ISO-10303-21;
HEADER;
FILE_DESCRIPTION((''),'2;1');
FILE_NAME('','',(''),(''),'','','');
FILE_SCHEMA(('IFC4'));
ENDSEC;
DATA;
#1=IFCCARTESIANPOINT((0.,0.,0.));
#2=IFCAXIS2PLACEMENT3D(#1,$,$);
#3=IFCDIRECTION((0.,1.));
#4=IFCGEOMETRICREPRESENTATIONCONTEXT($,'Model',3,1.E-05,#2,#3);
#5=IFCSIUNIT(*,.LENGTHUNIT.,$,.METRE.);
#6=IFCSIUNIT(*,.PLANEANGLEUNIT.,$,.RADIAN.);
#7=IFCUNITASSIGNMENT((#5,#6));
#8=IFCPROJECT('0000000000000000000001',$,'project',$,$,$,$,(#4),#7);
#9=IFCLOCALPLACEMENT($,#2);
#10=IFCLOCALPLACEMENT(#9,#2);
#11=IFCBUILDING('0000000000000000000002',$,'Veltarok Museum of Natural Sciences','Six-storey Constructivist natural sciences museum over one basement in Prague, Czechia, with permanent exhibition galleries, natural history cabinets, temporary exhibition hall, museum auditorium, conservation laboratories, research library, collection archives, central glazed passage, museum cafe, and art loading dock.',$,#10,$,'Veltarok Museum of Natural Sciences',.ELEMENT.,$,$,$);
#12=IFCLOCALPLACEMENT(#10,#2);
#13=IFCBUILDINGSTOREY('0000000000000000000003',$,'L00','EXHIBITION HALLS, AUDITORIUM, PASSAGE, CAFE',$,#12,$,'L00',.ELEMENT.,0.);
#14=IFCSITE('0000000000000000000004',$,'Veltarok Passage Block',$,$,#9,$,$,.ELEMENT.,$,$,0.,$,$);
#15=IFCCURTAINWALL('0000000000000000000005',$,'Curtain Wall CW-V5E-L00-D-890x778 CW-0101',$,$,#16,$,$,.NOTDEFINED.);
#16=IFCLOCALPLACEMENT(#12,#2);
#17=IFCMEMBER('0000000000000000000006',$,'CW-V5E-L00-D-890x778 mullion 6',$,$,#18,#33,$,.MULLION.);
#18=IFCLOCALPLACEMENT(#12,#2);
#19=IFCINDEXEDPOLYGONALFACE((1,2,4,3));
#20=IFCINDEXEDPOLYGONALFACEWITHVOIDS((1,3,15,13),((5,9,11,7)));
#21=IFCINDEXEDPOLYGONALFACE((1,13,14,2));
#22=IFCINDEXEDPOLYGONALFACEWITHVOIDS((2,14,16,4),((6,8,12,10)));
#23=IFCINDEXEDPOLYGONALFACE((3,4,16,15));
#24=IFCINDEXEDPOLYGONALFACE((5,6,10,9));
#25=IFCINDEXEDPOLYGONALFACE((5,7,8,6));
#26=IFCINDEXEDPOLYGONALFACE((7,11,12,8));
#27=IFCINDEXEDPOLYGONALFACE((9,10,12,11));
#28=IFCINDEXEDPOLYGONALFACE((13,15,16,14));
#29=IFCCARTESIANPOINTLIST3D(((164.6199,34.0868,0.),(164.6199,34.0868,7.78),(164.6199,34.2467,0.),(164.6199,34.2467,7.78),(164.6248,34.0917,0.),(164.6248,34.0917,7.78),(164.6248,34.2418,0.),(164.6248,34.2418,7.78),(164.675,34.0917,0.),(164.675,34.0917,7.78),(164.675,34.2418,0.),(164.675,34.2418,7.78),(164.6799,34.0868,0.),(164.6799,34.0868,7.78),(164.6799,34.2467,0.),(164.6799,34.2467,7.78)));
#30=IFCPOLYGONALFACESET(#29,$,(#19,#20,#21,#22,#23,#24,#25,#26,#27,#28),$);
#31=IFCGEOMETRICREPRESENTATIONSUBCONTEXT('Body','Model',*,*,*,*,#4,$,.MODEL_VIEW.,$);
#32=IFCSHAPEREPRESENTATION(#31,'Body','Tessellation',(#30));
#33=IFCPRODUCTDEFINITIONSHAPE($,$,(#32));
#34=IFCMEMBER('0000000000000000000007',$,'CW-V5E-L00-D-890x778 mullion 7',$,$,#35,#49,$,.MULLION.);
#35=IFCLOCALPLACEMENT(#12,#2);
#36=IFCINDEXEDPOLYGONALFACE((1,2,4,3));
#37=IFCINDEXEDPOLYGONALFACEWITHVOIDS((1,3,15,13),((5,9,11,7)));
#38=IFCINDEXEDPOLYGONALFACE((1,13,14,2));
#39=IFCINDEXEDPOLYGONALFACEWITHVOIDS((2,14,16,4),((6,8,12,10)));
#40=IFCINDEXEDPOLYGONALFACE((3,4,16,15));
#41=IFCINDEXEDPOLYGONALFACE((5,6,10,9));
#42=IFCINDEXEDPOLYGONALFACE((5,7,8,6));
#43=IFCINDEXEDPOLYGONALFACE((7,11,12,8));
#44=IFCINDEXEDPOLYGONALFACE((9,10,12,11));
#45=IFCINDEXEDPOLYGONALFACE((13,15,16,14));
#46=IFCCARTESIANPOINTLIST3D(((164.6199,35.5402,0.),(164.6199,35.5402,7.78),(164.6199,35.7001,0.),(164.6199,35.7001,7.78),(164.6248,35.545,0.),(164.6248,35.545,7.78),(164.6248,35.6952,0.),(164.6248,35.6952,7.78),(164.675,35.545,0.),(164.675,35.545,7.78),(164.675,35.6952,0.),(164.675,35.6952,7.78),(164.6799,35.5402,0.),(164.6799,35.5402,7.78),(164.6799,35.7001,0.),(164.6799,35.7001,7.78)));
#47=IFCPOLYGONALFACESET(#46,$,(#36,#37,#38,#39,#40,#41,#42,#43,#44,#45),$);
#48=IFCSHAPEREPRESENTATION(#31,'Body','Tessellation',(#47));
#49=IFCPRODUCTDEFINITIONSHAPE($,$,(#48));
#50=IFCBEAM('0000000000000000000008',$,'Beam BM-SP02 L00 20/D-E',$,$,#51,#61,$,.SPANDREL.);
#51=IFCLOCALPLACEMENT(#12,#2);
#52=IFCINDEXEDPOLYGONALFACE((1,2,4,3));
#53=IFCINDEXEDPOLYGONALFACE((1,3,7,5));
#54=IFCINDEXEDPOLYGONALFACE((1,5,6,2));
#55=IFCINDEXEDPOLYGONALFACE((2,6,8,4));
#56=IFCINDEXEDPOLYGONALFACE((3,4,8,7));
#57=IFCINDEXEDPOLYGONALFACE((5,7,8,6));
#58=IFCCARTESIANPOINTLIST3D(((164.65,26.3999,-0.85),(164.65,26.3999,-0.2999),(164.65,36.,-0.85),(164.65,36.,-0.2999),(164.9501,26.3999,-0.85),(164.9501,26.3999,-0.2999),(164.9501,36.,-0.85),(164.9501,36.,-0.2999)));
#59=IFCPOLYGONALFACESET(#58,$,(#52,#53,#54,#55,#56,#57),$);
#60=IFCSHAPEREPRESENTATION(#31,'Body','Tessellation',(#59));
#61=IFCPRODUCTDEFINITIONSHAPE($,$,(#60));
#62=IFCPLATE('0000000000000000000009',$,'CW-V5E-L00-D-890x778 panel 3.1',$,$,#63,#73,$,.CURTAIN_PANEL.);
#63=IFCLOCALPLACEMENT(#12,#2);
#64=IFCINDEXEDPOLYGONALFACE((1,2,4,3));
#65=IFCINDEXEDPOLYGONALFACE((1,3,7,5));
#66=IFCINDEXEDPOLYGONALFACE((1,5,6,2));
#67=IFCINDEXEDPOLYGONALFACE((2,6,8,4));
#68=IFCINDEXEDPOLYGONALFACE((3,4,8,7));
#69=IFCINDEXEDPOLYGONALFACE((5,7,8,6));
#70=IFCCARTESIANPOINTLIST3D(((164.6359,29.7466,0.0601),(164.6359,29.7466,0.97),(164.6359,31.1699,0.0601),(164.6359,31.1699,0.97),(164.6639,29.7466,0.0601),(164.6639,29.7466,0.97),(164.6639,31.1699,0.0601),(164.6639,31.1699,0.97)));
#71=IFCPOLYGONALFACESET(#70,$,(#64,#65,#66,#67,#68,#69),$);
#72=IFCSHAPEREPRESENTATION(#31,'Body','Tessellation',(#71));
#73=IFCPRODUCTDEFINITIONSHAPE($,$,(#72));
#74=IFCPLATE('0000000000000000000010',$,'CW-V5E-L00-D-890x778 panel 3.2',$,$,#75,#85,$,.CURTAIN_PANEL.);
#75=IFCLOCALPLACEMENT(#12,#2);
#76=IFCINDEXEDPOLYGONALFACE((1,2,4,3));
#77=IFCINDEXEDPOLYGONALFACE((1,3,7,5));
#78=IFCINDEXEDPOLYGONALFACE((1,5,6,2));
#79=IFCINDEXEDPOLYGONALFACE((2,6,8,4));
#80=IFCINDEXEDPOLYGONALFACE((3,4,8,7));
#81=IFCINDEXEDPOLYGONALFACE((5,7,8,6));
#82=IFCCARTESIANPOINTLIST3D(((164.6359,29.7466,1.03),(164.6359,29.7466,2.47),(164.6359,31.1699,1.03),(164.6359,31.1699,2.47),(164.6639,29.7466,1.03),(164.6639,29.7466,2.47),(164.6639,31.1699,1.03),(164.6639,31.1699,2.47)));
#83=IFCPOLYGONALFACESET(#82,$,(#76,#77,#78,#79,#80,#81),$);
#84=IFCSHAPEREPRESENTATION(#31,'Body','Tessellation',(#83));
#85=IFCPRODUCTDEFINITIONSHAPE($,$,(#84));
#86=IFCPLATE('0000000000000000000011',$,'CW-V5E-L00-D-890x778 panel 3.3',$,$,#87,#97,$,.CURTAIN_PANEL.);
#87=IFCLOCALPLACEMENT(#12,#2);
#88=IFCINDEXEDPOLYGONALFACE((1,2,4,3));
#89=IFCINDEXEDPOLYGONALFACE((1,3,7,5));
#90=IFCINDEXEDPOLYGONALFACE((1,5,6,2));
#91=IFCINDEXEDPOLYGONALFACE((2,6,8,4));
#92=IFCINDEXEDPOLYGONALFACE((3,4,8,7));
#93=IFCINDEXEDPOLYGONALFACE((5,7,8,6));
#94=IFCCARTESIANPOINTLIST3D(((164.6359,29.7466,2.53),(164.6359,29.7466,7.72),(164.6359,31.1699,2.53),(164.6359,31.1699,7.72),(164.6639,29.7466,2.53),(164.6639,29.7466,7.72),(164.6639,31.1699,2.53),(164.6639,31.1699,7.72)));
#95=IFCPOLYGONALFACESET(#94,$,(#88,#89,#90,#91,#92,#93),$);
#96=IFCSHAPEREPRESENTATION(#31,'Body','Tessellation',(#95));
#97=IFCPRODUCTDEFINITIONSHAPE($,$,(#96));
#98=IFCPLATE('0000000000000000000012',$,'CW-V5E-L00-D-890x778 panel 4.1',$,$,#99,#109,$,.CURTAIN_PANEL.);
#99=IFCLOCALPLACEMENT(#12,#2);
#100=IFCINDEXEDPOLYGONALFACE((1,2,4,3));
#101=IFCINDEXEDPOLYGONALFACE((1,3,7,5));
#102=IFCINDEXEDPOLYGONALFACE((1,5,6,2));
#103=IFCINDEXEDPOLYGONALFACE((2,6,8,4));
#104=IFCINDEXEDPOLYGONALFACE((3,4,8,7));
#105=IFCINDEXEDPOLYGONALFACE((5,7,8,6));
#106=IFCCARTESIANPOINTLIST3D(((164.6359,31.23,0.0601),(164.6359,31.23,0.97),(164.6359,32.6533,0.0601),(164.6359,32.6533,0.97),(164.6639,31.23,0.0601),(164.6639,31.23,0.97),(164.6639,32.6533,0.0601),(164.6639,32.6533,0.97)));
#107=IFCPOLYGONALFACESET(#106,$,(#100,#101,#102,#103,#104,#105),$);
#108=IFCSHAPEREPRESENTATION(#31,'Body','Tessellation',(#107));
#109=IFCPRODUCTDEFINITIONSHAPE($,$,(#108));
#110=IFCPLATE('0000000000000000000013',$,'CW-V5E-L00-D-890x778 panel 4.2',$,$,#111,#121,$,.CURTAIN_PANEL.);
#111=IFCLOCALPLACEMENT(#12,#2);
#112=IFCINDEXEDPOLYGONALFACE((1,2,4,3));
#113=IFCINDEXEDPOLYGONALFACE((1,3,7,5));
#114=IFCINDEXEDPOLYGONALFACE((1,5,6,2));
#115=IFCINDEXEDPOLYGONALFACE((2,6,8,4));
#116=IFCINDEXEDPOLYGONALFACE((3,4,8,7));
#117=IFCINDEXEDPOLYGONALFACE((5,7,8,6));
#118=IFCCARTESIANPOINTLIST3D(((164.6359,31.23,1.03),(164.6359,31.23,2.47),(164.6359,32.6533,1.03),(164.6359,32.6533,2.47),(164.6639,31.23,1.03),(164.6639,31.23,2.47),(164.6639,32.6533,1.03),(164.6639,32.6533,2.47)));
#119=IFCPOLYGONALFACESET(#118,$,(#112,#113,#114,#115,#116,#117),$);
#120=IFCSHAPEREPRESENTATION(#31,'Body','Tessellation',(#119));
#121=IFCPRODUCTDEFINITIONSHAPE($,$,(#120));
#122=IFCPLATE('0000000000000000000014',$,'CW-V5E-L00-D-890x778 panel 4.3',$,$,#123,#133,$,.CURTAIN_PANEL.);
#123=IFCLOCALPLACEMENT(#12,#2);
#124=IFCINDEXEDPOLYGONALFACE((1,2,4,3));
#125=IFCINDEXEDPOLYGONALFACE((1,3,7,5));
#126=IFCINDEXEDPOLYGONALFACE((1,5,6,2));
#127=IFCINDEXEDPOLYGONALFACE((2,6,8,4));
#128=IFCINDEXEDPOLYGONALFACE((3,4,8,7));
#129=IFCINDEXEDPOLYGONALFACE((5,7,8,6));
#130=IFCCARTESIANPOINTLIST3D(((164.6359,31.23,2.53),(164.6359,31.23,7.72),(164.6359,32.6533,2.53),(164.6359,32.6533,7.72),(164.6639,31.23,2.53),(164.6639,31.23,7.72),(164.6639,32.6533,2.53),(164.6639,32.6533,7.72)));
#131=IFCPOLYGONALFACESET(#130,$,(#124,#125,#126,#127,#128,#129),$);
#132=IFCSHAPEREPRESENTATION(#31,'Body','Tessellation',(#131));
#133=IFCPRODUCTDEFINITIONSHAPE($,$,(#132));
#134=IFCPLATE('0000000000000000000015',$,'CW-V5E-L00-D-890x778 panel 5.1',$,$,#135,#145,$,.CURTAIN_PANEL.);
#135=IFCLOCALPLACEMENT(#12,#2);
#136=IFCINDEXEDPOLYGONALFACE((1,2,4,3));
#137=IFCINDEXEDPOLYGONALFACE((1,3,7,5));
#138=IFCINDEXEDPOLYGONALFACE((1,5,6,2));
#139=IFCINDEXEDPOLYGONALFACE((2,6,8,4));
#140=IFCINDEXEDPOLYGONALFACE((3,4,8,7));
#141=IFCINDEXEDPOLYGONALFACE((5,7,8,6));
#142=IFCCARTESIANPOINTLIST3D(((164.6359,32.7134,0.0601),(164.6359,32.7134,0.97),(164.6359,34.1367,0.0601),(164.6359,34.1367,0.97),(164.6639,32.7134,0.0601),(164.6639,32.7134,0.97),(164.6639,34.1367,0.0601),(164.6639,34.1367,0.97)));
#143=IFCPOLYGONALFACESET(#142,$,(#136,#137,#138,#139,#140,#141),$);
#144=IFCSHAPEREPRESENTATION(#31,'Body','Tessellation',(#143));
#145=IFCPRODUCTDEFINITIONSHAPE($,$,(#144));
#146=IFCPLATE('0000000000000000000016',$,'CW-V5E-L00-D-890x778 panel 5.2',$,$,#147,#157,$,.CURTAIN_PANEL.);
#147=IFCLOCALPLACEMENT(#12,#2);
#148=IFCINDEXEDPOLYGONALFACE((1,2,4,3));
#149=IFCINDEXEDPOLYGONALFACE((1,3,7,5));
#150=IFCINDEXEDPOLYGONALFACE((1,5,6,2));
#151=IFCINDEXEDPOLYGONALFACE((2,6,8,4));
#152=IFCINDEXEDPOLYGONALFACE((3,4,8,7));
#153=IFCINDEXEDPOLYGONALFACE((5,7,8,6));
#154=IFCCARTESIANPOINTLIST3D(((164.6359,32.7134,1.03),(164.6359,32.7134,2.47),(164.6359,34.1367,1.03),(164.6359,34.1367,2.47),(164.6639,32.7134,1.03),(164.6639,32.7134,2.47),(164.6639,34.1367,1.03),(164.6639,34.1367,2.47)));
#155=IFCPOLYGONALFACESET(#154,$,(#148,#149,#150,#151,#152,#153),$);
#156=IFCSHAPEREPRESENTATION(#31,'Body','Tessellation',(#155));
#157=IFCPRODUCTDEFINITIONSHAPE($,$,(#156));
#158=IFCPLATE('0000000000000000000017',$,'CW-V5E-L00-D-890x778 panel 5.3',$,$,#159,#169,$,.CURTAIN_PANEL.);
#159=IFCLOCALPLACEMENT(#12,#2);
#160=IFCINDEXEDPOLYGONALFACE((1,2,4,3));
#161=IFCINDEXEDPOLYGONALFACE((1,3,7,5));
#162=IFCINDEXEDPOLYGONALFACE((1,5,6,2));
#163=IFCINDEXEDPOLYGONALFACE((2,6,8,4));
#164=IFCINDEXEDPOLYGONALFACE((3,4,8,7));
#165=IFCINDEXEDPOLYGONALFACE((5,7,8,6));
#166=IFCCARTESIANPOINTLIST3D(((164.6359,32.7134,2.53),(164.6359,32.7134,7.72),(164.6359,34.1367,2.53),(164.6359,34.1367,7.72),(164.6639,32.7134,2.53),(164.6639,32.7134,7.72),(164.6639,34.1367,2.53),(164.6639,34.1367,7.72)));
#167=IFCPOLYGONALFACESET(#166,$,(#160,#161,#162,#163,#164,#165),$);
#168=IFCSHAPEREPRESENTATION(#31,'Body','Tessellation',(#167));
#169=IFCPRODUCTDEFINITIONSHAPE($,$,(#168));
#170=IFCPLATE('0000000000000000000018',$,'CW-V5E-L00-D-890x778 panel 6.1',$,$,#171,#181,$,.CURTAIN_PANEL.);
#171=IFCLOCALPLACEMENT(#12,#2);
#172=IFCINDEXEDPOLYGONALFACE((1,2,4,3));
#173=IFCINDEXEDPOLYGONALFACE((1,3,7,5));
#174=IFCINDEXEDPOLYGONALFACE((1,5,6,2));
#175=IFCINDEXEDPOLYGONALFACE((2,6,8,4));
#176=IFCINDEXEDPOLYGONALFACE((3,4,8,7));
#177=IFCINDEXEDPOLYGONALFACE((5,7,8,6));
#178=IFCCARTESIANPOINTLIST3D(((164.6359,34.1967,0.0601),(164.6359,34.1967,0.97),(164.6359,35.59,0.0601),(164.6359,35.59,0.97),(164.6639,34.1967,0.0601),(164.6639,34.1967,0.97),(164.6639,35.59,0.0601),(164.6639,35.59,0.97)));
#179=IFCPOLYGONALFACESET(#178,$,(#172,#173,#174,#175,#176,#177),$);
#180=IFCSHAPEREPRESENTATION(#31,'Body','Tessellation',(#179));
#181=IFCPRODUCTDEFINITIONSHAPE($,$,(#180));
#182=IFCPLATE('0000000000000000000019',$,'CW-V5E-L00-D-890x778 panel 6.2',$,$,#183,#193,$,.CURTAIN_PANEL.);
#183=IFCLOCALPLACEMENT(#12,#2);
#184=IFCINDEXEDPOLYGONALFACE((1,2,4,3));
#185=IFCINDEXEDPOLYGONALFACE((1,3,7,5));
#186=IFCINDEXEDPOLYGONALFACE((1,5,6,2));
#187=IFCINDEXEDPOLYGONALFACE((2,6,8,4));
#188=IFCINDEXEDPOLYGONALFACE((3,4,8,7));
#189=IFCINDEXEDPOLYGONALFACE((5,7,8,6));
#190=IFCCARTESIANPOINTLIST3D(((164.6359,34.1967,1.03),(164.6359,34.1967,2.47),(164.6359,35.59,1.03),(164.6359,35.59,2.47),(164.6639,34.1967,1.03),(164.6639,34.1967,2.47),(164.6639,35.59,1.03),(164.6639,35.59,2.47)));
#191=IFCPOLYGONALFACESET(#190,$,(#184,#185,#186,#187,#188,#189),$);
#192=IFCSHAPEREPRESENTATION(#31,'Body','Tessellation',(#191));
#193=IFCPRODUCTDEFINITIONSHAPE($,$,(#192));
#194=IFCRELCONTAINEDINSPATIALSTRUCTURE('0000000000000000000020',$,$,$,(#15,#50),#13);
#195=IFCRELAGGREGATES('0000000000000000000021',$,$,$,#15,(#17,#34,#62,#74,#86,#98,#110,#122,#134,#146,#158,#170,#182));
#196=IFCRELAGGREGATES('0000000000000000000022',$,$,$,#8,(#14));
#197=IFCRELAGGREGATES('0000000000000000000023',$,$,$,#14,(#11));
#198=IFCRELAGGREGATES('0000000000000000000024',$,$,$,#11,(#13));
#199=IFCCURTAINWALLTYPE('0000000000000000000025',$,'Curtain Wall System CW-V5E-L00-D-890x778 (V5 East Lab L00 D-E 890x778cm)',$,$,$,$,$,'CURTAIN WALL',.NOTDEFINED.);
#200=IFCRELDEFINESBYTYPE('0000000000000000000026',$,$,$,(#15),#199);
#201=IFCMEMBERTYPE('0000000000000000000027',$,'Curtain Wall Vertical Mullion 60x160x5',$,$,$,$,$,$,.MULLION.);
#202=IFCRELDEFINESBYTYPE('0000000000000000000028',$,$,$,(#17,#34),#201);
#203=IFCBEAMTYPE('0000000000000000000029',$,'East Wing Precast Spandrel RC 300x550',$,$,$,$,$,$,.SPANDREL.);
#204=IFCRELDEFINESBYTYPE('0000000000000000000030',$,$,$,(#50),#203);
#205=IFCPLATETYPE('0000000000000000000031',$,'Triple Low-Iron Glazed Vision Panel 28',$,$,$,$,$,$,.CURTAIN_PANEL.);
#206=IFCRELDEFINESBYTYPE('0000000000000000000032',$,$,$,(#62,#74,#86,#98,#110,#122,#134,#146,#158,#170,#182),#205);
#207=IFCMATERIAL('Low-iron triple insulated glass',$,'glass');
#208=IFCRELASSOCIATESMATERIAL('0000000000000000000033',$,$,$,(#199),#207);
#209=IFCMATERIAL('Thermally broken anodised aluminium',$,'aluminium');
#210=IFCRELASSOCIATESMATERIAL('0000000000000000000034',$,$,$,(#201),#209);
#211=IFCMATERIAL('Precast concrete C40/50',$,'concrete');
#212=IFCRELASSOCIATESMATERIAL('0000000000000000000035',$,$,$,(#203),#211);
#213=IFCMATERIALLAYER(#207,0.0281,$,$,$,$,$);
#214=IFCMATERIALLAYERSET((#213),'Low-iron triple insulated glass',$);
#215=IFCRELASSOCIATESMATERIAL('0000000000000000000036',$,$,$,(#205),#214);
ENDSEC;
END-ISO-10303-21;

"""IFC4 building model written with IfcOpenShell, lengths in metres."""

from ifc_helpers import new_model, si_unit, direction, frame, origin, origin_2d, place, context, subcontext, project, spatial, rectangle, hollow_rectangle, extrude, material, layer, layer_set, material_profile, profile_set, type_object, element, aggregate, save


model = new_model("IFC4")

# Units and contexts
model_context = context("Model", 3, precision=1e-05, world=origin(), true_north=direction((0.0, 1.0)))
body_context = subcontext(model_context, "Body", "Model", "MODEL_VIEW")
ifc_project = project(units=[si_unit("LENGTHUNIT", "METRE"), si_unit("PLANEANGLEUNIT", "RADIAN")], contexts=[model_context])

# Site, building, storey
site_placement = place(None, origin())
site = spatial("IfcSite", under=ifc_project, at=site_placement, Name="Veltarok Passage Block", CompositionType="ELEMENT", RefElevation=0.0)
building_placement = place(site_placement, origin())
building = spatial("IfcBuilding", under=site, at=building_placement, Name="Veltarok Museum of Natural Sciences", Description="Six-storey Constructivist natural sciences museum over one basement in Prague, Czechia, with permanent exhibition galleries, natural history cabinets, temporary exhibition hall, museum auditorium, conservation laboratories, research library, collection archives, central glazed passage, museum cafe, and art loading dock.", LongName="Veltarok Museum of Natural Sciences", CompositionType="ELEMENT")
storey_placement = place(building_placement, origin())
storey = spatial("IfcBuildingStorey", under=building, at=storey_placement, Name="L00", Description="EXHIBITION HALLS, AUDITORIUM, PASSAGE, CAFE", LongName="L00", CompositionType="ELEMENT", Elevation=0.0)

# Curtain wall, members
ifc_material_1 = material(Name="Low-iron triple insulated glass", Category="glass")
curtain_wall_type = type_object("IfcCurtainWallType", Name="Curtain Wall System CW-V5E-L00-D-890x778 (V5 East Lab L00 D-E 890x778cm)", ElementType="CURTAIN WALL", PredefinedType="NOTDEFINED", material=ifc_material_1)
curtain_wall_placement = place(storey_placement, origin())
curtain_wall = element("IfcCurtainWall", 1, at=curtain_wall_placement, inside=storey, type_object=curtain_wall_type, Name="Curtain Wall CW-V5E-L00-D-890x778 CW-0101", PredefinedType="NOTDEFINED")
ifc_material_2 = material(Name="Thermally broken anodised aluminium", Category="aluminium")
ifc_material_profile_1 = material_profile(ifc_material_2, hollow_rectangle(XDim=0.0601, YDim=0.1599, WallThickness=0.0049, at=origin_2d()), Name="CW MULLION 60x160x5")
ifc_profile_set_1 = profile_set([ifc_material_profile_1], Name="Thermally broken anodised aluminium")
member_type_1 = type_object("IfcMemberType", Name="Curtain Wall Vertical Mullion 60x160x5", PredefinedType="MULLION", material=ifc_profile_set_1)
member_1_placement = place(storey_placement, frame((164.6499, 34.1667, 0.0), z_axis=(0.0, 0.0, 1.0), x_axis=(-1.0, 0.0, 0.0)))
member_1 = element("IfcMember", 2, at=member_1_placement, type_object=member_type_1, Name="CW-V5E-L00-D-890x778 mullion 6", PredefinedType="MULLION", context=body_context, shape_type="SweptSolid", body=[
    extrude(hollow_rectangle(XDim=0.0601, YDim=0.1599, WallThickness=0.0049, at=origin_2d()), origin(), (0.0, 0.0, 1.0), 7.78),
])
member_2_placement = place(storey_placement, frame((164.6499, 35.6201, 0.0), z_axis=(0.0, 0.0, 1.0), x_axis=(-1.0, 0.0, 0.0)))
member_2 = element("IfcMember", 3, at=member_2_placement, type_object=member_type_1, Name="CW-V5E-L00-D-890x778 mullion 7", PredefinedType="MULLION", context=body_context, shape_type="SweptSolid", body=[
    extrude(hollow_rectangle(XDim=0.0601, YDim=0.1599, WallThickness=0.0049, at=origin_2d()), origin(), (0.0, 0.0, 1.0), 7.78),
])

# Beam
ifc_material_3 = material(Name="Precast concrete C40/50", Category="concrete")
ifc_material_profile_2 = material_profile(ifc_material_3, rectangle(XDim=0.3, YDim=0.55, at=origin_2d()), Name="RC 300x550")
ifc_profile_set_2 = profile_set([ifc_material_profile_2], Name="Precast concrete C40/50")
beam_type = type_object("IfcBeamType", Name="East Wing Precast Spandrel RC 300x550", PredefinedType="SPANDREL", material=ifc_profile_set_2)
beam_placement = place(storey_placement, frame((164.8, 26.3999, -0.575), z_axis=(0.0, 1.0, 0.0), x_axis=(-1.0, 0.0, 0.0)))
element("IfcBeam", 4, at=beam_placement, inside=storey, type_object=beam_type, Name="Beam BM-SP02 L00 20/D-E", PredefinedType="SPANDREL", context=body_context, shape_type="SweptSolid", body=[
    extrude(rectangle(XDim=0.3, YDim=0.55, at=origin_2d()), origin(), (0.0, 0.0, 1.0), 9.6001),
])

# Plates
ifc_layer = layer(ifc_material_1, 0.0281)
ifc_layer_set = layer_set([ifc_layer], Name="Low-iron triple insulated glass")
plate_type = type_object("IfcPlateType", Name="Triple Low-Iron Glazed Vision Panel 28", PredefinedType="CURTAIN_PANEL", material=ifc_layer_set)
plate_1_placement = place(storey_placement, frame((164.6499, 30.4583, 0.0601), z_axis=(0.0, 0.0, 1.0), x_axis=(0.0, 1.0, 0.0)))
plate_1 = element("IfcPlate", 5, at=plate_1_placement, type_object=plate_type, Name="CW-V5E-L00-D-890x778 panel 3.1", PredefinedType="CURTAIN_PANEL", context=body_context, shape_type="SweptSolid", body=[
    extrude(rectangle(XDim=1.4233, YDim=0.0281, at=origin_2d()), origin(), (0.0, 0.0, 1.0), 0.9099),
])
plate_2_placement = place(storey_placement, frame((164.6499, 30.4583, 1.03), z_axis=(0.0, 0.0, 1.0), x_axis=(0.0, 1.0, 0.0)))
plate_2 = element("IfcPlate", 6, at=plate_2_placement, type_object=plate_type, Name="CW-V5E-L00-D-890x778 panel 3.2", PredefinedType="CURTAIN_PANEL", context=body_context, shape_type="SweptSolid", body=[
    extrude(rectangle(XDim=1.4233, YDim=0.0281, at=origin_2d()), origin(), (0.0, 0.0, 1.0), 1.4399),
])
plate_3_placement = place(storey_placement, frame((164.6499, 30.4583, 2.53), z_axis=(0.0, 0.0, 1.0), x_axis=(0.0, 1.0, 0.0)))
plate_3 = element("IfcPlate", 7, at=plate_3_placement, type_object=plate_type, Name="CW-V5E-L00-D-890x778 panel 3.3", PredefinedType="CURTAIN_PANEL", context=body_context, shape_type="SweptSolid", body=[
    extrude(rectangle(XDim=1.4233, YDim=0.0281, at=origin_2d()), origin(), (0.0, 0.0, 1.0), 5.1899),
])
plate_4_placement = place(storey_placement, frame((164.6499, 31.9417, 0.0601), z_axis=(0.0, 0.0, 1.0), x_axis=(0.0, 1.0, 0.0)))
plate_4 = element("IfcPlate", 8, at=plate_4_placement, type_object=plate_type, Name="CW-V5E-L00-D-890x778 panel 4.1", PredefinedType="CURTAIN_PANEL", context=body_context, shape_type="SweptSolid", body=[
    extrude(rectangle(XDim=1.4233, YDim=0.0281, at=origin_2d()), origin(), (0.0, 0.0, 1.0), 0.9099),
])
plate_5_placement = place(storey_placement, frame((164.6499, 31.9417, 1.03), z_axis=(0.0, 0.0, 1.0), x_axis=(0.0, 1.0, 0.0)))
plate_5 = element("IfcPlate", 9, at=plate_5_placement, type_object=plate_type, Name="CW-V5E-L00-D-890x778 panel 4.2", PredefinedType="CURTAIN_PANEL", context=body_context, shape_type="SweptSolid", body=[
    extrude(rectangle(XDim=1.4233, YDim=0.0281, at=origin_2d()), origin(), (0.0, 0.0, 1.0), 1.4399),
])
plate_6_placement = place(storey_placement, frame((164.6499, 31.9417, 2.53), z_axis=(0.0, 0.0, 1.0), x_axis=(0.0, 1.0, 0.0)))
plate_6 = element("IfcPlate", 10, at=plate_6_placement, type_object=plate_type, Name="CW-V5E-L00-D-890x778 panel 4.3", PredefinedType="CURTAIN_PANEL", context=body_context, shape_type="SweptSolid", body=[
    extrude(rectangle(XDim=1.4233, YDim=0.0281, at=origin_2d()), origin(), (0.0, 0.0, 1.0), 5.1899),
])
plate_7_placement = place(storey_placement, frame((164.6499, 33.425, 0.0601), z_axis=(0.0, 0.0, 1.0), x_axis=(0.0, 1.0, 0.0)))
plate_7 = element("IfcPlate", 11, at=plate_7_placement, type_object=plate_type, Name="CW-V5E-L00-D-890x778 panel 5.1", PredefinedType="CURTAIN_PANEL", context=body_context, shape_type="SweptSolid", body=[
    extrude(rectangle(XDim=1.4233, YDim=0.0281, at=origin_2d()), origin(), (0.0, 0.0, 1.0), 0.9099),
])
plate_8_placement = place(storey_placement, frame((164.6499, 33.425, 1.03), z_axis=(0.0, 0.0, 1.0), x_axis=(0.0, 1.0, 0.0)))
plate_8 = element("IfcPlate", 12, at=plate_8_placement, type_object=plate_type, Name="CW-V5E-L00-D-890x778 panel 5.2", PredefinedType="CURTAIN_PANEL", context=body_context, shape_type="SweptSolid", body=[
    extrude(rectangle(XDim=1.4233, YDim=0.0281, at=origin_2d()), origin(), (0.0, 0.0, 1.0), 1.4399),
])
plate_9_placement = place(storey_placement, frame((164.6499, 33.425, 2.53), z_axis=(0.0, 0.0, 1.0), x_axis=(0.0, 1.0, 0.0)))
plate_9 = element("IfcPlate", 13, at=plate_9_placement, type_object=plate_type, Name="CW-V5E-L00-D-890x778 panel 5.3", PredefinedType="CURTAIN_PANEL", context=body_context, shape_type="SweptSolid", body=[
    extrude(rectangle(XDim=1.4233, YDim=0.0281, at=origin_2d()), origin(), (0.0, 0.0, 1.0), 5.1899),
])
plate_10_placement = place(storey_placement, frame((164.6499, 34.8933, 0.0601), z_axis=(0.0, 0.0, 1.0), x_axis=(0.0, 1.0, 0.0)))
plate_10 = element("IfcPlate", 14, at=plate_10_placement, type_object=plate_type, Name="CW-V5E-L00-D-890x778 panel 6.1", PredefinedType="CURTAIN_PANEL", context=body_context, shape_type="SweptSolid", body=[
    extrude(rectangle(XDim=1.3933, YDim=0.0281, at=origin_2d()), origin(), (0.0, 0.0, 1.0), 0.9099),
])
plate_11_placement = place(storey_placement, frame((164.6499, 34.8933, 1.03), z_axis=(0.0, 0.0, 1.0), x_axis=(0.0, 1.0, 0.0)))
plate_11 = element("IfcPlate", 15, at=plate_11_placement, type_object=plate_type, Name="CW-V5E-L00-D-890x778 panel 6.2", PredefinedType="CURTAIN_PANEL", context=body_context, shape_type="SweptSolid", body=[
    extrude(rectangle(XDim=1.3933, YDim=0.0281, at=origin_2d()), origin(), (0.0, 0.0, 1.0), 1.4399),
])
aggregate(curtain_wall, [member_1, member_2, plate_1, plate_2, plate_3, plate_4, plate_5, plate_6, plate_7, plate_8, plate_9, plate_10, plate_11])

save(model, "model.ifc")
